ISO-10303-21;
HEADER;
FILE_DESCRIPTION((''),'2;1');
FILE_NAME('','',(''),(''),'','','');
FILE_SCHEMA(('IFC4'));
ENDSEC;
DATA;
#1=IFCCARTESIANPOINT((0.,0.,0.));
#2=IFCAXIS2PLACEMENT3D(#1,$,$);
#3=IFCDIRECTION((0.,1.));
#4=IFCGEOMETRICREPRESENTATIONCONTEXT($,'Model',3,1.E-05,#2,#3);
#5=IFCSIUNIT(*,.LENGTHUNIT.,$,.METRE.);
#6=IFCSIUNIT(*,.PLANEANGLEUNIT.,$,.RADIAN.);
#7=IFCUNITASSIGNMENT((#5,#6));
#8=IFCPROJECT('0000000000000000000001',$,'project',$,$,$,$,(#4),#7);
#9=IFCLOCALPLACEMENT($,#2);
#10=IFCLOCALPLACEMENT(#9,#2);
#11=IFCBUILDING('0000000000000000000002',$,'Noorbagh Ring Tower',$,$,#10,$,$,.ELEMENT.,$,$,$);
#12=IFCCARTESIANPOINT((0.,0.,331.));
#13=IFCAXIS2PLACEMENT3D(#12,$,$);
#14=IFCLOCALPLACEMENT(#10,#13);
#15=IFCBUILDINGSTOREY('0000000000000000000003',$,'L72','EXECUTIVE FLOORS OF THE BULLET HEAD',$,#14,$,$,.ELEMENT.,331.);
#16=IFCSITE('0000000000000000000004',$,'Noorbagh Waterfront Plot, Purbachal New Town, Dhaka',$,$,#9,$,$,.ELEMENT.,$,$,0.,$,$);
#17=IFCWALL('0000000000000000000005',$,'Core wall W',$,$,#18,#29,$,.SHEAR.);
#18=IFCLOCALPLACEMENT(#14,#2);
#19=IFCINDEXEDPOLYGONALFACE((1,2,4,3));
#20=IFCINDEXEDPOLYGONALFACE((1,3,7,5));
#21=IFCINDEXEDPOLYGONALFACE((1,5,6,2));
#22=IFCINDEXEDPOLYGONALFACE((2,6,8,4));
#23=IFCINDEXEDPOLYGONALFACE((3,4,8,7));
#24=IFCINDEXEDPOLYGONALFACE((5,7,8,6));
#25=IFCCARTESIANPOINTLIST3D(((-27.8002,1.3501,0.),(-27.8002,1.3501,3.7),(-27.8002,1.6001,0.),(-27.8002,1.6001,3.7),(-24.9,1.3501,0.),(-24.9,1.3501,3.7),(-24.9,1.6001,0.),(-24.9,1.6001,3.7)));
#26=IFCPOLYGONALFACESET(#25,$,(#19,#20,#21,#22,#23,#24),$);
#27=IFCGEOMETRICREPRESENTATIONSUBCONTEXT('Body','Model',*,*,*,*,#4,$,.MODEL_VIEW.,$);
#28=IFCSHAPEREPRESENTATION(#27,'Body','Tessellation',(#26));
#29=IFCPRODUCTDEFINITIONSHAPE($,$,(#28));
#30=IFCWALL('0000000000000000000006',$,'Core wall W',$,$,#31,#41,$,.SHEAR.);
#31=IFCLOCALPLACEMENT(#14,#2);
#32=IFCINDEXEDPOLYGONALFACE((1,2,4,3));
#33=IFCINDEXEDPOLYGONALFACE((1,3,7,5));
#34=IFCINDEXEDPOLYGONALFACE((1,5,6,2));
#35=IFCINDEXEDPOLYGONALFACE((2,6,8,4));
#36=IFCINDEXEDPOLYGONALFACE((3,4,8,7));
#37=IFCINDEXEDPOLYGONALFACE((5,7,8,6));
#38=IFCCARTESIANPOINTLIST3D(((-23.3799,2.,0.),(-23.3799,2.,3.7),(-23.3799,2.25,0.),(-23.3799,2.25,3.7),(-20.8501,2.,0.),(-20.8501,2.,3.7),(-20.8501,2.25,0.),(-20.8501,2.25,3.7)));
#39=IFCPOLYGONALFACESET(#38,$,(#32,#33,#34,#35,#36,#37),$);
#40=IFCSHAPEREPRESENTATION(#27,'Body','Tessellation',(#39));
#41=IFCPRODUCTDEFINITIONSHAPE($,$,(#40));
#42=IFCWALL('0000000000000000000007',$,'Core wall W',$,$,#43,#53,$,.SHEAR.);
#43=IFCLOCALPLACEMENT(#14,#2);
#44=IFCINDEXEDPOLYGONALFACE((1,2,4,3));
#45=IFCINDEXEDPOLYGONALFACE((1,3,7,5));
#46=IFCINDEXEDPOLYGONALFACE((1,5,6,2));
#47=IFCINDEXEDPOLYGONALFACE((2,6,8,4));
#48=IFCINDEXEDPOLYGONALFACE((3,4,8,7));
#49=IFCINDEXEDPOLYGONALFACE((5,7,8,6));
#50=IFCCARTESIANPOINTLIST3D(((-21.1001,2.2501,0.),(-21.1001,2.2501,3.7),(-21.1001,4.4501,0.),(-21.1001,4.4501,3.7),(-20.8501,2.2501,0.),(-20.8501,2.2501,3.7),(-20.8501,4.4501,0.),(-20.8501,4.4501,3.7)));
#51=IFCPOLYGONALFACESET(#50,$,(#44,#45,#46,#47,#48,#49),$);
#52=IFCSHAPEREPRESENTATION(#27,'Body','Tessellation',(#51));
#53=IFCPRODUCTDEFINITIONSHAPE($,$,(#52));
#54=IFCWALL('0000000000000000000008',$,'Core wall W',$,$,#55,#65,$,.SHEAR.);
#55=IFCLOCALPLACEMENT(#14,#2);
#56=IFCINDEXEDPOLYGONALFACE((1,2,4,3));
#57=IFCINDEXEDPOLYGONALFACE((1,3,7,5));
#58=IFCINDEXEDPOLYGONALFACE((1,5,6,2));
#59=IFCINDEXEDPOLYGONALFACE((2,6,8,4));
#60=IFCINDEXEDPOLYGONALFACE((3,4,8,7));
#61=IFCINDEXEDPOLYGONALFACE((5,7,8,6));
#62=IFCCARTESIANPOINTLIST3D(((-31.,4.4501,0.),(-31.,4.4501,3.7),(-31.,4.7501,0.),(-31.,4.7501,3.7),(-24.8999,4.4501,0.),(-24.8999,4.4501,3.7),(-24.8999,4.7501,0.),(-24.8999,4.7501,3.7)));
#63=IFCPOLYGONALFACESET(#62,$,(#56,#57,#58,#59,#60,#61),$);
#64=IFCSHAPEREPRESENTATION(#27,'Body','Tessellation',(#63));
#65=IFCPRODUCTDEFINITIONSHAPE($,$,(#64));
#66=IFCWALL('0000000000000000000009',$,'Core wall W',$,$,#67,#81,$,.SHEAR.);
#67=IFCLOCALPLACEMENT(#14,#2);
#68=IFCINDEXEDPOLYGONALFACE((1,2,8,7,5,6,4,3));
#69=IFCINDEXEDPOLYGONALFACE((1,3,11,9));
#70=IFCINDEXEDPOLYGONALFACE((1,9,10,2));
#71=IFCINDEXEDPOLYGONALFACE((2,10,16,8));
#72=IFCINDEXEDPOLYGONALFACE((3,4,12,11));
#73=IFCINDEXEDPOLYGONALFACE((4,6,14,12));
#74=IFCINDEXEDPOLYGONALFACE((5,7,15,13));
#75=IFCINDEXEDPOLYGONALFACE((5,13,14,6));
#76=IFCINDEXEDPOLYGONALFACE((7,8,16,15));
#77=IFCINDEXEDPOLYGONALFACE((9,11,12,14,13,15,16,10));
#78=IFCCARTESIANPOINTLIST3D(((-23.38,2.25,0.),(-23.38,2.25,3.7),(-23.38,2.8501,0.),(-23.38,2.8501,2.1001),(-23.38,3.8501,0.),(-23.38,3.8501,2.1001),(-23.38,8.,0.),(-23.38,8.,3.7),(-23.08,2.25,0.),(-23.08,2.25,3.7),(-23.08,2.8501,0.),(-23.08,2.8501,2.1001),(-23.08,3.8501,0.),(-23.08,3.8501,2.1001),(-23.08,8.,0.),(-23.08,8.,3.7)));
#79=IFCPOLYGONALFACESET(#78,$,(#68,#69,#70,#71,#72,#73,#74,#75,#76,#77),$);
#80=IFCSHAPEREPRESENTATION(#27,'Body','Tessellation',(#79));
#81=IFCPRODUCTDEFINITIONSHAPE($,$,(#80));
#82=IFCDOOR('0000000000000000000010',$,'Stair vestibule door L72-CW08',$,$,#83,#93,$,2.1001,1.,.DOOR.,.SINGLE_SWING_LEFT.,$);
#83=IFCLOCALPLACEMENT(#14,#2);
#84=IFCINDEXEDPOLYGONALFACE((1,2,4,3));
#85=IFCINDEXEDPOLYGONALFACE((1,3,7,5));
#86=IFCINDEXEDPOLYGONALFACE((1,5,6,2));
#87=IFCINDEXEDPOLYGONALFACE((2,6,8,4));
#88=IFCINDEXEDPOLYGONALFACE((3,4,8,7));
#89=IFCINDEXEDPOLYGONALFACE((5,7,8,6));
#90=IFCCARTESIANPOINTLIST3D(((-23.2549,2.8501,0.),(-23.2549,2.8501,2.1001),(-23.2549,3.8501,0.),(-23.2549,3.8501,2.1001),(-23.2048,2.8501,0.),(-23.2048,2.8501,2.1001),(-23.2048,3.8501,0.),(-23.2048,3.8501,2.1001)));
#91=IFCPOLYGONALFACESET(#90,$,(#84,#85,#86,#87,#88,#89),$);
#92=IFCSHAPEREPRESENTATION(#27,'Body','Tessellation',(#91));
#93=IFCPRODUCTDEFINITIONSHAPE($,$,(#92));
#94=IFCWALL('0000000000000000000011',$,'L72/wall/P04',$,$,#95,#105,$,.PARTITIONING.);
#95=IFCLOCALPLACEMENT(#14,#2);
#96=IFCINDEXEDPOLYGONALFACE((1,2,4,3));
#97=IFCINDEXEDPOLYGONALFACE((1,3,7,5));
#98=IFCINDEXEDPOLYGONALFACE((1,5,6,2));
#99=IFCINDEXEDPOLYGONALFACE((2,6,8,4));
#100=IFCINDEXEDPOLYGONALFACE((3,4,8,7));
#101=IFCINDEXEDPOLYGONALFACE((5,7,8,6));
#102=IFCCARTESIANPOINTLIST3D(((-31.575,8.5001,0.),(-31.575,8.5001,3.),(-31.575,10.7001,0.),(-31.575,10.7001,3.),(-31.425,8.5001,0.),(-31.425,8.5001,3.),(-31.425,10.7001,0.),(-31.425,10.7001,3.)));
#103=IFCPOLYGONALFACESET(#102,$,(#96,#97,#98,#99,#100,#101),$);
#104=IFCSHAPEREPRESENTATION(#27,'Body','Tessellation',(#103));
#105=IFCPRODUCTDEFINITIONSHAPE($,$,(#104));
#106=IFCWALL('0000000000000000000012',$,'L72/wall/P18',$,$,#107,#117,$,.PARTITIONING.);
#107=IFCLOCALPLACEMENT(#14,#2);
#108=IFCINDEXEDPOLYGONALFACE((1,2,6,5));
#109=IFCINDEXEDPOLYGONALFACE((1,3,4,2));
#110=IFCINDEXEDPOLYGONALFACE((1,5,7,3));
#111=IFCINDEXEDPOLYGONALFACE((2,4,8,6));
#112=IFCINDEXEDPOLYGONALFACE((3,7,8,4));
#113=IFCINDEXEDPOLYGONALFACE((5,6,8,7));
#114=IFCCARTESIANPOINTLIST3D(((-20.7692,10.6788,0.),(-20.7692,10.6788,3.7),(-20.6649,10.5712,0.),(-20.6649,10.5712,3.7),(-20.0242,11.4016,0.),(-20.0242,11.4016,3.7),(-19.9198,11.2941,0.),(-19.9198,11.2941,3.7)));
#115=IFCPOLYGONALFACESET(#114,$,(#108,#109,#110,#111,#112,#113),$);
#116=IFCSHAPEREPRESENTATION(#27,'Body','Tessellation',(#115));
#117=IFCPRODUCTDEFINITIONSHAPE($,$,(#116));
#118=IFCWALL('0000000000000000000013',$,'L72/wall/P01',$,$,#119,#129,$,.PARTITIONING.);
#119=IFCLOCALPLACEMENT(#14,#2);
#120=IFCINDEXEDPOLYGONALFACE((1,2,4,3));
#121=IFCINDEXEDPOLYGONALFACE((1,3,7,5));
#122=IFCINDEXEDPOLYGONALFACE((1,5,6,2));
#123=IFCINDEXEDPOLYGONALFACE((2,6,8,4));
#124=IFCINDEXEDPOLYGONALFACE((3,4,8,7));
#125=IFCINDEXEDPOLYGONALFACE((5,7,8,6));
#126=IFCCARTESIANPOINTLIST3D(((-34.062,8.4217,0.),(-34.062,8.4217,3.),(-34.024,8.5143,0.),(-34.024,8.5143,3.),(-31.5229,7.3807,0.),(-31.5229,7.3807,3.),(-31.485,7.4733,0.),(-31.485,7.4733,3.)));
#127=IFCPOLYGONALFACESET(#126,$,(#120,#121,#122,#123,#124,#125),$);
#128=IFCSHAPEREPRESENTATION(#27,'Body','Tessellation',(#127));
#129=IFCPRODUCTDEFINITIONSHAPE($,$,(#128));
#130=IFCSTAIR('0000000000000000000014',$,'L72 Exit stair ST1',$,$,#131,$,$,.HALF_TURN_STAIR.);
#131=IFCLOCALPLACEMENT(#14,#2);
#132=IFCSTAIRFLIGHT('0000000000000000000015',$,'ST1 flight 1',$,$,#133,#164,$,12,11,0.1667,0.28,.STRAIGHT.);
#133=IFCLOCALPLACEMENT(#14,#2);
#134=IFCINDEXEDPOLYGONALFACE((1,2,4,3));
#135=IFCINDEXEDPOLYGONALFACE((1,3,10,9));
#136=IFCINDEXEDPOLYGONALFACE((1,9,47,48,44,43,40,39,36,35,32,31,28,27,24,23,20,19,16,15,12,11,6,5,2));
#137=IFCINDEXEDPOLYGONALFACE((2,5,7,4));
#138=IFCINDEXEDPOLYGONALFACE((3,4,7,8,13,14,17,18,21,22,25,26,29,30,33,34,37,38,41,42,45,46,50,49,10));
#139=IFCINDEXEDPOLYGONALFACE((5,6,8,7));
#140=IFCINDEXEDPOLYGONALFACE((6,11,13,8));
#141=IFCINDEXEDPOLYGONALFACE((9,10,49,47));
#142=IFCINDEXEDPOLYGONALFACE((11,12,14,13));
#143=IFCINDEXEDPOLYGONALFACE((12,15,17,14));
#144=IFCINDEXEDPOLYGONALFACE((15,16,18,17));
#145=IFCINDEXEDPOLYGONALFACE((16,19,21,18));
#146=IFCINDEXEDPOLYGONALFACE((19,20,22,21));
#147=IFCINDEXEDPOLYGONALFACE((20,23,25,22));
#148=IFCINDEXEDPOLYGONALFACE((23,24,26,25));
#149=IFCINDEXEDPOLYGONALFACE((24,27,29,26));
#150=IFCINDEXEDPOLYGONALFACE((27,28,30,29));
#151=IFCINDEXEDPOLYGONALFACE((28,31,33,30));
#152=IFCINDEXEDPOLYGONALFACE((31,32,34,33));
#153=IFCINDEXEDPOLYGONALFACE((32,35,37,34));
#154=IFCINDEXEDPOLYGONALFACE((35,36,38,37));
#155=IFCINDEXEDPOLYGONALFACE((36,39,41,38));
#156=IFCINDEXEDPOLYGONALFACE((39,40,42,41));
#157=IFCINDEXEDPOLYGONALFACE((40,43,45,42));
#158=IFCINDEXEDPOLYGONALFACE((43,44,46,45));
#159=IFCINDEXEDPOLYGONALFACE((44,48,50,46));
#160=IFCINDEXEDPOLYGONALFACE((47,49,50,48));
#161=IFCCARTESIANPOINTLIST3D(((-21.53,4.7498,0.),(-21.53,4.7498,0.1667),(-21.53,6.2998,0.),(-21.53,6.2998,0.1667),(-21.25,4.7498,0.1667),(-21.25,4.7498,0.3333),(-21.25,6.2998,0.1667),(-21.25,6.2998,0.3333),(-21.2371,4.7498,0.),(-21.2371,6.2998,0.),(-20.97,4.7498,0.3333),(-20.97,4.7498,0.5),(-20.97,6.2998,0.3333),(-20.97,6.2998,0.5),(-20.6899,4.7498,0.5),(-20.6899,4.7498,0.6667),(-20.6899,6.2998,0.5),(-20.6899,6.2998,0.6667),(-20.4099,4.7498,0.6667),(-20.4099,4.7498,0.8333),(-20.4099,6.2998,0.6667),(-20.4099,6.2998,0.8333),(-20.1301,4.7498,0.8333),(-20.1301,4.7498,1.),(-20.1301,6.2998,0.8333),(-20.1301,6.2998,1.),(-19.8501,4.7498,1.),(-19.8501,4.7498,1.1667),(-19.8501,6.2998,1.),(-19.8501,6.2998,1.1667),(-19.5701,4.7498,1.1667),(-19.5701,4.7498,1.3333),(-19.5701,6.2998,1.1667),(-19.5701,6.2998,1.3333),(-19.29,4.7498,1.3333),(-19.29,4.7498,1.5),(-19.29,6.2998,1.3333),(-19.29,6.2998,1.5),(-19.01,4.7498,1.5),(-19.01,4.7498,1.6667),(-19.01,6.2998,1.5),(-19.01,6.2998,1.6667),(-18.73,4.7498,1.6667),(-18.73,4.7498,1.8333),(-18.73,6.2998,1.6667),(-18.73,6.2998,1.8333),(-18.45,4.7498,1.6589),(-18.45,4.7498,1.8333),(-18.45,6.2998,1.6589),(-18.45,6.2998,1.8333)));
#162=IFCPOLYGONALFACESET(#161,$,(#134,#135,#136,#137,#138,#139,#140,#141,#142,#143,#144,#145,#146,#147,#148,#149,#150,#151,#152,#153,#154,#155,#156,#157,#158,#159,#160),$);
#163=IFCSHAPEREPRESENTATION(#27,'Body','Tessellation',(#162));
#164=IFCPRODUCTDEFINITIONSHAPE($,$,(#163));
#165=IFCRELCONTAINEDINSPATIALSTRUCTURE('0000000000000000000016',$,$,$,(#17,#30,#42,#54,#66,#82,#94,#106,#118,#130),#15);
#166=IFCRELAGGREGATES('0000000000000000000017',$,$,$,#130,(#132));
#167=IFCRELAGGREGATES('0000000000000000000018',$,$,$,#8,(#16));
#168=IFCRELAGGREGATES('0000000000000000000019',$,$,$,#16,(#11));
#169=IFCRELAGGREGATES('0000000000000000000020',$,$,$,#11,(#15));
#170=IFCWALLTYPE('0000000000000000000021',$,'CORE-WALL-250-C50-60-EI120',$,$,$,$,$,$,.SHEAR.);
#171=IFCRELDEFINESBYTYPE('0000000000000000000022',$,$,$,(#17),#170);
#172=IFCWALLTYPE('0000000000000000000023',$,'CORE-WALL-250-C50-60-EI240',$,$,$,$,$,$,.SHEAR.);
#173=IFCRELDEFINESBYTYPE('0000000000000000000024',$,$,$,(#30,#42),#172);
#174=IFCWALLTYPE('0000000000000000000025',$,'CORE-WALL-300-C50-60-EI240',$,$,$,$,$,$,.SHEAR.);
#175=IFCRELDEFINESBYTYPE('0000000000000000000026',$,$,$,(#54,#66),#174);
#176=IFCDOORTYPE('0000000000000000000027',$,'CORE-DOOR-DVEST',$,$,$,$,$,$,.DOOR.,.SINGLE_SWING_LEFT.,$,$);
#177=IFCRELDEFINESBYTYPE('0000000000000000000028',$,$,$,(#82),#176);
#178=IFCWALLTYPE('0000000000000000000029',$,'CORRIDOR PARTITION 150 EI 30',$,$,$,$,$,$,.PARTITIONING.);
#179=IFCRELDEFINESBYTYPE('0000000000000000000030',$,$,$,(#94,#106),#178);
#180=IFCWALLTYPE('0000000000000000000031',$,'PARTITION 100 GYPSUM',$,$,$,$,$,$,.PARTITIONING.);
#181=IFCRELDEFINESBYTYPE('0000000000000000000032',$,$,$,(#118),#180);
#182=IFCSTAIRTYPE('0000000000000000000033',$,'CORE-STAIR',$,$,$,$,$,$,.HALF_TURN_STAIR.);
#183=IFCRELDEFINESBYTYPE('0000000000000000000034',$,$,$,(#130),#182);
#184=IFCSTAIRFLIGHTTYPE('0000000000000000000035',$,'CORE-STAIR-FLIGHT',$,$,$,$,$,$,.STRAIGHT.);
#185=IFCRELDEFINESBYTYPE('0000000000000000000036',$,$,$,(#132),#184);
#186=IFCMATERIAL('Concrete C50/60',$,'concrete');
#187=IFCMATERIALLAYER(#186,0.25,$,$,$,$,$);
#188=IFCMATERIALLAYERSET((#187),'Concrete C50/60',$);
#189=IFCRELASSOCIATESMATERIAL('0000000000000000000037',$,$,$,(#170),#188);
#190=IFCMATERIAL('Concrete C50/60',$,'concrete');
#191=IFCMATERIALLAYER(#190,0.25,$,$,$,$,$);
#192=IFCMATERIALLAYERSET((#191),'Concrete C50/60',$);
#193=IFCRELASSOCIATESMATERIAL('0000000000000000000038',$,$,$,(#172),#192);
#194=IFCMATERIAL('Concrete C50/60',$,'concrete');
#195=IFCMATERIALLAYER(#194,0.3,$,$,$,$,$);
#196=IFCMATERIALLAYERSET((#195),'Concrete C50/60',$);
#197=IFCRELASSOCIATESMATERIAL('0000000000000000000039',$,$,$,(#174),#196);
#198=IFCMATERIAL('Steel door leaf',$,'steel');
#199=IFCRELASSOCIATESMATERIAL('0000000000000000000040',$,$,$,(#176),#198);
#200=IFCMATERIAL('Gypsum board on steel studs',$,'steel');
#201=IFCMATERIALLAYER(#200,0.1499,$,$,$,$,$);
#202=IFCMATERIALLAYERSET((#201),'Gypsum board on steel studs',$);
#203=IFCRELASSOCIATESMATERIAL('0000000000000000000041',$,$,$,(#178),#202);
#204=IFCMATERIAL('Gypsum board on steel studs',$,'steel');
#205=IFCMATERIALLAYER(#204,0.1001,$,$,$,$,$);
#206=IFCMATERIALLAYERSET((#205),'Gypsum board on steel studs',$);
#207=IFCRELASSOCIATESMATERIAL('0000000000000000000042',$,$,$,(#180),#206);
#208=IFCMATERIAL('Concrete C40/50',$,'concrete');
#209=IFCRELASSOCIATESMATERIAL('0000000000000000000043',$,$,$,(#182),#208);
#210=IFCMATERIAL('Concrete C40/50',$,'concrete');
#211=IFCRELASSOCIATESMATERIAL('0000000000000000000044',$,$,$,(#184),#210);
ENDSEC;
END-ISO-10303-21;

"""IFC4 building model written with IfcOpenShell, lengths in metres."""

from ifc_helpers import new_model, si_unit, direction, frame, frame_2d, origin, place, context, subcontext, project, spatial, polyline, rectangle, outline, extrude, material, layer, layer_set, type_object, element, fill, aggregate, save


model = new_model("IFC4")

# Units and contexts
model_context = context("Model", 3, precision=1e-05, world=origin(), true_north=direction((0.0, 1.0)))
body_context = subcontext(model_context, "Body", "Model", "MODEL_VIEW")
ifc_project = project(units=[si_unit("LENGTHUNIT", "METRE"), si_unit("PLANEANGLEUNIT", "RADIAN")], contexts=[model_context])

# Site, building, storey
site_placement = place(None, origin())
site = spatial("IfcSite", under=ifc_project, at=site_placement, Name="Noorbagh Waterfront Plot, Purbachal New Town, Dhaka", CompositionType="ELEMENT", RefElevation=0.0)
building_placement = place(site_placement, origin())
building = spatial("IfcBuilding", under=site, at=building_placement, Name="Noorbagh Ring Tower", CompositionType="ELEMENT")
storey_placement = place(building_placement, frame((0.0, 0.0, 331.0)))
storey = spatial("IfcBuildingStorey", under=building, at=storey_placement, Name="L72", Description="EXECUTIVE FLOORS OF THE BULLET HEAD", CompositionType="ELEMENT", Elevation=331.0)

# Walls
ifc_material_1 = material(Name="Concrete C50/60", Category="concrete")
ifc_layer_1 = layer(ifc_material_1, 0.25)
ifc_layer_set_1 = layer_set([ifc_layer_1], Name="Concrete C50/60")
wall_type_1 = type_object("IfcWallType", Name="CORE-WALL-250-C50-60-EI120", PredefinedType="SHEAR", material=ifc_layer_set_1)
wall_1_placement = place(storey_placement, frame((-24.8999, 1.4751, 0.0), z_axis=(0.0, 0.0, 1.0), x_axis=(-1.0, 0.0, 0.0)))
element("IfcWall", 1, at=wall_1_placement, inside=storey, type_object=wall_type_1, Name="Core wall W", PredefinedType="SHEAR", context=body_context, shape_type="SweptSolid", body=[
    extrude(rectangle(XDim=2.9001, YDim=0.25, at=frame_2d((1.4502, 0.0))), origin(), (0.0, 0.0, 1.0), 3.7),
])
ifc_material_2 = material(Name="Concrete C50/60", Category="concrete")
ifc_layer_2 = layer(ifc_material_2, 0.25)
ifc_layer_set_2 = layer_set([ifc_layer_2], Name="Concrete C50/60")
wall_type_2 = type_object("IfcWallType", Name="CORE-WALL-250-C50-60-EI240", PredefinedType="SHEAR", material=ifc_layer_set_2)
wall_2_placement = place(storey_placement, frame((-20.8501, 2.125, 0.0), z_axis=(0.0, 0.0, 1.0), x_axis=(-1.0, 0.0, 0.0)))
element("IfcWall", 2, at=wall_2_placement, inside=storey, type_object=wall_type_2, Name="Core wall W", PredefinedType="SHEAR", context=body_context, shape_type="SweptSolid", body=[
    extrude(rectangle(XDim=2.5298, YDim=0.25, at=frame_2d((1.2649, 0.0))), origin(), (0.0, 0.0, 1.0), 3.7),
])
wall_3_placement = place(storey_placement, frame((-20.9751, 2.25, 0.0), z_axis=(0.0, 0.0, 1.0), x_axis=(0.0, 1.0, 0.0)))
element("IfcWall", 3, at=wall_3_placement, inside=storey, type_object=wall_type_2, Name="Core wall W", PredefinedType="SHEAR", context=body_context, shape_type="SweptSolid", body=[
    extrude(rectangle(XDim=2.2, YDim=0.25, at=frame_2d((1.1001, 0.0))), origin(), (0.0, 0.0, 1.0), 3.7),
])
ifc_material_3 = material(Name="Concrete C50/60", Category="concrete")
ifc_layer_3 = layer(ifc_material_3, 0.3)
ifc_layer_set_3 = layer_set([ifc_layer_3], Name="Concrete C50/60")
wall_type_3 = type_object("IfcWallType", Name="CORE-WALL-300-C50-60-EI240", PredefinedType="SHEAR", material=ifc_layer_set_3)
wall_4_placement = place(storey_placement, frame((-24.8999, 4.6001, 0.0), z_axis=(0.0, 0.0, 1.0), x_axis=(-1.0, 0.0, 0.0)))
element("IfcWall", 4, at=wall_4_placement, inside=storey, type_object=wall_type_3, Name="Core wall W", PredefinedType="SHEAR", context=body_context, shape_type="SweptSolid", body=[
    extrude(rectangle(XDim=6.1001, YDim=0.3, at=frame_2d((3.05, 0.0))), origin(), (0.0, 0.0, 1.0), 3.7),
])

# Wall, opening, door
wall_5_placement = place(storey_placement, frame((-23.23, 2.25, 0.0), z_axis=(0.0, 0.0, 1.0), x_axis=(0.0, 1.0, 0.0)))
wall_5 = element("IfcWall", 5, at=wall_5_placement, inside=storey, type_object=wall_type_3, Name="Core wall W", PredefinedType="SHEAR", context=body_context, shape_type="SweptSolid", body=[
    extrude(rectangle(XDim=5.75, YDim=0.3, at=frame_2d((2.875, 0.0))), origin(), (0.0, 0.0, 1.0), 3.7),
])
opening_1_placement = place(wall_5_placement, frame((0.6001, 0.0, 0.0)))
opening_1 = element("IfcOpeningElement", 6, at=opening_1_placement, cuts=wall_5, PredefinedType="OPENING", context=body_context, shape_type="SweptSolid", body=[
    extrude(rectangle(XDim=1.0, YDim=2.1001, at=frame_2d((0.5, 1.05))), frame((0.0, 0.1602, 0.0), z_axis=(0.0, -1.0, 0.0), x_axis=(1.0, 0.0, 0.0)), (0.0, 0.0, 1.0), 0.3201),
])
ifc_material_4 = material(Name="Steel door leaf", Category="steel")
door_type_1 = type_object("IfcDoorType", Name="CORE-DOOR-DVEST", OperationType="SINGLE_SWING_LEFT", PredefinedType="DOOR", material=ifc_material_4)
door_1_placement = place(opening_1_placement, origin())
door_1 = element("IfcDoor", 7, at=door_1_placement, inside=storey, type_object=door_type_1, Name="Stair vestibule door L72-CW08", OperationType="SINGLE_SWING_LEFT", OverallHeight=2.1001, OverallWidth=1.0, PredefinedType="DOOR", context=body_context, shape_type="SweptSolid", body=[
    extrude(rectangle(XDim=1.0, YDim=2.1001, at=frame_2d((0.5, 1.05))), frame((0.0, 0.0249, 0.0), z_axis=(0.0, -1.0, 0.0), x_axis=(1.0, 0.0, 0.0)), (0.0, 0.0, 1.0), 0.05),
])
fill(opening_1, door_1)

# Walls
ifc_material_5 = material(Name="Gypsum board on steel studs", Category="steel")
ifc_layer_4 = layer(ifc_material_5, 0.1499)
ifc_layer_set_4 = layer_set([ifc_layer_4], Name="Gypsum board on steel studs")
wall_type_4 = type_object("IfcWallType", Name="CORRIDOR PARTITION 150 EI 30", PredefinedType="PARTITIONING", material=ifc_layer_set_4)
wall_6_placement = place(storey_placement, frame((-31.5, 8.5, 0.0), z_axis=(0.0, 0.0, 1.0), x_axis=(0.0, 1.0, 0.0)))
element("IfcWall", 8, at=wall_6_placement, inside=storey, type_object=wall_type_4, Name="L72/wall/P04", PredefinedType="PARTITIONING", context=body_context, shape_type="SweptSolid", body=[
    extrude(rectangle(XDim=2.2, YDim=0.1499, at=frame_2d((1.1001, 0.0))), origin(), (0.0, 0.0, 1.0), 3.0),
])
wall_7_placement = place(storey_placement, frame((-20.717, 10.625, 0.0), z_axis=(0.0, 0.0, 1.0), x_axis=(0.717726, 0.696326, 0.0)))
element("IfcWall", 9, at=wall_7_placement, inside=storey, type_object=wall_type_4, Name="L72/wall/P18", PredefinedType="PARTITIONING", context=body_context, shape_type="SweptSolid", body=[
    extrude(rectangle(XDim=1.0381, YDim=0.1499, at=frame_2d((0.519, 0.0))), origin(), (0.0, 0.0, 1.0), 3.7),
])
ifc_material_6 = material(Name="Gypsum board on steel studs", Category="steel")
ifc_layer_5 = layer(ifc_material_6, 0.1001)
ifc_layer_set_5 = layer_set([ifc_layer_5], Name="Gypsum board on steel studs")
wall_type_5 = type_object("IfcWallType", Name="PARTITION 100 GYPSUM", PredefinedType="PARTITIONING", material=ifc_layer_set_5)
wall_8_placement = place(storey_placement, frame((-34.043, 8.468, 0.0), z_axis=(0.0, 0.0, 1.0), x_axis=(0.925252, -0.379353, 0.0)))
element("IfcWall", 10, at=wall_8_placement, inside=storey, type_object=wall_type_5, Name="L72/wall/P01", PredefinedType="PARTITIONING", context=body_context, shape_type="SweptSolid", body=[
    extrude(rectangle(XDim=2.7441, YDim=0.1001, at=frame_2d((1.3721, 0.0))), origin(), (0.0, 0.0, 1.0), 3.0),
])

# Stair, stair flight
ifc_material_7 = material(Name="Concrete C40/50", Category="concrete")
stair_type = type_object("IfcStairType", Name="CORE-STAIR", PredefinedType="HALF_TURN_STAIR", material=ifc_material_7)
stair_placement = place(storey_placement, origin())
stair = element("IfcStair", 11, at=stair_placement, inside=storey, type_object=stair_type, Name="L72 Exit stair ST1", PredefinedType="HALF_TURN_STAIR")
ifc_material_8 = material(Name="Concrete C40/50", Category="concrete")
stair_flight_type = type_object("IfcStairFlightType", Name="CORE-STAIR-FLIGHT", PredefinedType="STRAIGHT", material=ifc_material_8)
stair_flight_placement = place(storey_placement, frame((-21.53, 5.5249, 0.0), z_axis=(0.0, 0.0, 1.0), x_axis=(1.0, 0.0, 0.0)))
stair_flight = element("IfcStairFlight", 12, at=stair_flight_placement, type_object=stair_flight_type, Name="ST1 flight 1", NumberOfRisers=12, NumberOfTreads=11, PredefinedType="STRAIGHT", RiserHeight=0.1667, TreadLength=0.28, context=body_context, shape_type="SweptSolid", body=[
    extrude(outline(polyline([(0.0, 0.0), (0.0, 0.1667), (0.28, 0.1667), (0.28, 0.3333), (0.5601, 0.3333), (0.5601, 0.5), (0.8401, 0.5), (0.8401, 0.6667), (1.1201, 0.6667), (1.1201, 0.8333), (1.3999, 0.8333), (1.3999, 1.0), (1.6799, 1.0), (1.6799, 1.1667), (1.96, 1.1667), (1.96, 1.3333), (2.24, 1.3333), (2.24, 1.5), (2.52, 1.5), (2.52, 1.6667), (2.8, 1.6667), (2.8, 1.8333), (3.0801, 1.8333), (3.0801, 2.0), (3.0801, 1.6589), (0.293, 0.0), (0.0, 0.0)])), frame((0.0, 0.7749, 0.0), z_axis=(0.0, -1.0, 0.0), x_axis=(1.0, 0.0, 0.0)), (0.0, 0.0, 1.0), 1.55),
])
aggregate(stair, [stair_flight])

save(model, "model.ifc")
